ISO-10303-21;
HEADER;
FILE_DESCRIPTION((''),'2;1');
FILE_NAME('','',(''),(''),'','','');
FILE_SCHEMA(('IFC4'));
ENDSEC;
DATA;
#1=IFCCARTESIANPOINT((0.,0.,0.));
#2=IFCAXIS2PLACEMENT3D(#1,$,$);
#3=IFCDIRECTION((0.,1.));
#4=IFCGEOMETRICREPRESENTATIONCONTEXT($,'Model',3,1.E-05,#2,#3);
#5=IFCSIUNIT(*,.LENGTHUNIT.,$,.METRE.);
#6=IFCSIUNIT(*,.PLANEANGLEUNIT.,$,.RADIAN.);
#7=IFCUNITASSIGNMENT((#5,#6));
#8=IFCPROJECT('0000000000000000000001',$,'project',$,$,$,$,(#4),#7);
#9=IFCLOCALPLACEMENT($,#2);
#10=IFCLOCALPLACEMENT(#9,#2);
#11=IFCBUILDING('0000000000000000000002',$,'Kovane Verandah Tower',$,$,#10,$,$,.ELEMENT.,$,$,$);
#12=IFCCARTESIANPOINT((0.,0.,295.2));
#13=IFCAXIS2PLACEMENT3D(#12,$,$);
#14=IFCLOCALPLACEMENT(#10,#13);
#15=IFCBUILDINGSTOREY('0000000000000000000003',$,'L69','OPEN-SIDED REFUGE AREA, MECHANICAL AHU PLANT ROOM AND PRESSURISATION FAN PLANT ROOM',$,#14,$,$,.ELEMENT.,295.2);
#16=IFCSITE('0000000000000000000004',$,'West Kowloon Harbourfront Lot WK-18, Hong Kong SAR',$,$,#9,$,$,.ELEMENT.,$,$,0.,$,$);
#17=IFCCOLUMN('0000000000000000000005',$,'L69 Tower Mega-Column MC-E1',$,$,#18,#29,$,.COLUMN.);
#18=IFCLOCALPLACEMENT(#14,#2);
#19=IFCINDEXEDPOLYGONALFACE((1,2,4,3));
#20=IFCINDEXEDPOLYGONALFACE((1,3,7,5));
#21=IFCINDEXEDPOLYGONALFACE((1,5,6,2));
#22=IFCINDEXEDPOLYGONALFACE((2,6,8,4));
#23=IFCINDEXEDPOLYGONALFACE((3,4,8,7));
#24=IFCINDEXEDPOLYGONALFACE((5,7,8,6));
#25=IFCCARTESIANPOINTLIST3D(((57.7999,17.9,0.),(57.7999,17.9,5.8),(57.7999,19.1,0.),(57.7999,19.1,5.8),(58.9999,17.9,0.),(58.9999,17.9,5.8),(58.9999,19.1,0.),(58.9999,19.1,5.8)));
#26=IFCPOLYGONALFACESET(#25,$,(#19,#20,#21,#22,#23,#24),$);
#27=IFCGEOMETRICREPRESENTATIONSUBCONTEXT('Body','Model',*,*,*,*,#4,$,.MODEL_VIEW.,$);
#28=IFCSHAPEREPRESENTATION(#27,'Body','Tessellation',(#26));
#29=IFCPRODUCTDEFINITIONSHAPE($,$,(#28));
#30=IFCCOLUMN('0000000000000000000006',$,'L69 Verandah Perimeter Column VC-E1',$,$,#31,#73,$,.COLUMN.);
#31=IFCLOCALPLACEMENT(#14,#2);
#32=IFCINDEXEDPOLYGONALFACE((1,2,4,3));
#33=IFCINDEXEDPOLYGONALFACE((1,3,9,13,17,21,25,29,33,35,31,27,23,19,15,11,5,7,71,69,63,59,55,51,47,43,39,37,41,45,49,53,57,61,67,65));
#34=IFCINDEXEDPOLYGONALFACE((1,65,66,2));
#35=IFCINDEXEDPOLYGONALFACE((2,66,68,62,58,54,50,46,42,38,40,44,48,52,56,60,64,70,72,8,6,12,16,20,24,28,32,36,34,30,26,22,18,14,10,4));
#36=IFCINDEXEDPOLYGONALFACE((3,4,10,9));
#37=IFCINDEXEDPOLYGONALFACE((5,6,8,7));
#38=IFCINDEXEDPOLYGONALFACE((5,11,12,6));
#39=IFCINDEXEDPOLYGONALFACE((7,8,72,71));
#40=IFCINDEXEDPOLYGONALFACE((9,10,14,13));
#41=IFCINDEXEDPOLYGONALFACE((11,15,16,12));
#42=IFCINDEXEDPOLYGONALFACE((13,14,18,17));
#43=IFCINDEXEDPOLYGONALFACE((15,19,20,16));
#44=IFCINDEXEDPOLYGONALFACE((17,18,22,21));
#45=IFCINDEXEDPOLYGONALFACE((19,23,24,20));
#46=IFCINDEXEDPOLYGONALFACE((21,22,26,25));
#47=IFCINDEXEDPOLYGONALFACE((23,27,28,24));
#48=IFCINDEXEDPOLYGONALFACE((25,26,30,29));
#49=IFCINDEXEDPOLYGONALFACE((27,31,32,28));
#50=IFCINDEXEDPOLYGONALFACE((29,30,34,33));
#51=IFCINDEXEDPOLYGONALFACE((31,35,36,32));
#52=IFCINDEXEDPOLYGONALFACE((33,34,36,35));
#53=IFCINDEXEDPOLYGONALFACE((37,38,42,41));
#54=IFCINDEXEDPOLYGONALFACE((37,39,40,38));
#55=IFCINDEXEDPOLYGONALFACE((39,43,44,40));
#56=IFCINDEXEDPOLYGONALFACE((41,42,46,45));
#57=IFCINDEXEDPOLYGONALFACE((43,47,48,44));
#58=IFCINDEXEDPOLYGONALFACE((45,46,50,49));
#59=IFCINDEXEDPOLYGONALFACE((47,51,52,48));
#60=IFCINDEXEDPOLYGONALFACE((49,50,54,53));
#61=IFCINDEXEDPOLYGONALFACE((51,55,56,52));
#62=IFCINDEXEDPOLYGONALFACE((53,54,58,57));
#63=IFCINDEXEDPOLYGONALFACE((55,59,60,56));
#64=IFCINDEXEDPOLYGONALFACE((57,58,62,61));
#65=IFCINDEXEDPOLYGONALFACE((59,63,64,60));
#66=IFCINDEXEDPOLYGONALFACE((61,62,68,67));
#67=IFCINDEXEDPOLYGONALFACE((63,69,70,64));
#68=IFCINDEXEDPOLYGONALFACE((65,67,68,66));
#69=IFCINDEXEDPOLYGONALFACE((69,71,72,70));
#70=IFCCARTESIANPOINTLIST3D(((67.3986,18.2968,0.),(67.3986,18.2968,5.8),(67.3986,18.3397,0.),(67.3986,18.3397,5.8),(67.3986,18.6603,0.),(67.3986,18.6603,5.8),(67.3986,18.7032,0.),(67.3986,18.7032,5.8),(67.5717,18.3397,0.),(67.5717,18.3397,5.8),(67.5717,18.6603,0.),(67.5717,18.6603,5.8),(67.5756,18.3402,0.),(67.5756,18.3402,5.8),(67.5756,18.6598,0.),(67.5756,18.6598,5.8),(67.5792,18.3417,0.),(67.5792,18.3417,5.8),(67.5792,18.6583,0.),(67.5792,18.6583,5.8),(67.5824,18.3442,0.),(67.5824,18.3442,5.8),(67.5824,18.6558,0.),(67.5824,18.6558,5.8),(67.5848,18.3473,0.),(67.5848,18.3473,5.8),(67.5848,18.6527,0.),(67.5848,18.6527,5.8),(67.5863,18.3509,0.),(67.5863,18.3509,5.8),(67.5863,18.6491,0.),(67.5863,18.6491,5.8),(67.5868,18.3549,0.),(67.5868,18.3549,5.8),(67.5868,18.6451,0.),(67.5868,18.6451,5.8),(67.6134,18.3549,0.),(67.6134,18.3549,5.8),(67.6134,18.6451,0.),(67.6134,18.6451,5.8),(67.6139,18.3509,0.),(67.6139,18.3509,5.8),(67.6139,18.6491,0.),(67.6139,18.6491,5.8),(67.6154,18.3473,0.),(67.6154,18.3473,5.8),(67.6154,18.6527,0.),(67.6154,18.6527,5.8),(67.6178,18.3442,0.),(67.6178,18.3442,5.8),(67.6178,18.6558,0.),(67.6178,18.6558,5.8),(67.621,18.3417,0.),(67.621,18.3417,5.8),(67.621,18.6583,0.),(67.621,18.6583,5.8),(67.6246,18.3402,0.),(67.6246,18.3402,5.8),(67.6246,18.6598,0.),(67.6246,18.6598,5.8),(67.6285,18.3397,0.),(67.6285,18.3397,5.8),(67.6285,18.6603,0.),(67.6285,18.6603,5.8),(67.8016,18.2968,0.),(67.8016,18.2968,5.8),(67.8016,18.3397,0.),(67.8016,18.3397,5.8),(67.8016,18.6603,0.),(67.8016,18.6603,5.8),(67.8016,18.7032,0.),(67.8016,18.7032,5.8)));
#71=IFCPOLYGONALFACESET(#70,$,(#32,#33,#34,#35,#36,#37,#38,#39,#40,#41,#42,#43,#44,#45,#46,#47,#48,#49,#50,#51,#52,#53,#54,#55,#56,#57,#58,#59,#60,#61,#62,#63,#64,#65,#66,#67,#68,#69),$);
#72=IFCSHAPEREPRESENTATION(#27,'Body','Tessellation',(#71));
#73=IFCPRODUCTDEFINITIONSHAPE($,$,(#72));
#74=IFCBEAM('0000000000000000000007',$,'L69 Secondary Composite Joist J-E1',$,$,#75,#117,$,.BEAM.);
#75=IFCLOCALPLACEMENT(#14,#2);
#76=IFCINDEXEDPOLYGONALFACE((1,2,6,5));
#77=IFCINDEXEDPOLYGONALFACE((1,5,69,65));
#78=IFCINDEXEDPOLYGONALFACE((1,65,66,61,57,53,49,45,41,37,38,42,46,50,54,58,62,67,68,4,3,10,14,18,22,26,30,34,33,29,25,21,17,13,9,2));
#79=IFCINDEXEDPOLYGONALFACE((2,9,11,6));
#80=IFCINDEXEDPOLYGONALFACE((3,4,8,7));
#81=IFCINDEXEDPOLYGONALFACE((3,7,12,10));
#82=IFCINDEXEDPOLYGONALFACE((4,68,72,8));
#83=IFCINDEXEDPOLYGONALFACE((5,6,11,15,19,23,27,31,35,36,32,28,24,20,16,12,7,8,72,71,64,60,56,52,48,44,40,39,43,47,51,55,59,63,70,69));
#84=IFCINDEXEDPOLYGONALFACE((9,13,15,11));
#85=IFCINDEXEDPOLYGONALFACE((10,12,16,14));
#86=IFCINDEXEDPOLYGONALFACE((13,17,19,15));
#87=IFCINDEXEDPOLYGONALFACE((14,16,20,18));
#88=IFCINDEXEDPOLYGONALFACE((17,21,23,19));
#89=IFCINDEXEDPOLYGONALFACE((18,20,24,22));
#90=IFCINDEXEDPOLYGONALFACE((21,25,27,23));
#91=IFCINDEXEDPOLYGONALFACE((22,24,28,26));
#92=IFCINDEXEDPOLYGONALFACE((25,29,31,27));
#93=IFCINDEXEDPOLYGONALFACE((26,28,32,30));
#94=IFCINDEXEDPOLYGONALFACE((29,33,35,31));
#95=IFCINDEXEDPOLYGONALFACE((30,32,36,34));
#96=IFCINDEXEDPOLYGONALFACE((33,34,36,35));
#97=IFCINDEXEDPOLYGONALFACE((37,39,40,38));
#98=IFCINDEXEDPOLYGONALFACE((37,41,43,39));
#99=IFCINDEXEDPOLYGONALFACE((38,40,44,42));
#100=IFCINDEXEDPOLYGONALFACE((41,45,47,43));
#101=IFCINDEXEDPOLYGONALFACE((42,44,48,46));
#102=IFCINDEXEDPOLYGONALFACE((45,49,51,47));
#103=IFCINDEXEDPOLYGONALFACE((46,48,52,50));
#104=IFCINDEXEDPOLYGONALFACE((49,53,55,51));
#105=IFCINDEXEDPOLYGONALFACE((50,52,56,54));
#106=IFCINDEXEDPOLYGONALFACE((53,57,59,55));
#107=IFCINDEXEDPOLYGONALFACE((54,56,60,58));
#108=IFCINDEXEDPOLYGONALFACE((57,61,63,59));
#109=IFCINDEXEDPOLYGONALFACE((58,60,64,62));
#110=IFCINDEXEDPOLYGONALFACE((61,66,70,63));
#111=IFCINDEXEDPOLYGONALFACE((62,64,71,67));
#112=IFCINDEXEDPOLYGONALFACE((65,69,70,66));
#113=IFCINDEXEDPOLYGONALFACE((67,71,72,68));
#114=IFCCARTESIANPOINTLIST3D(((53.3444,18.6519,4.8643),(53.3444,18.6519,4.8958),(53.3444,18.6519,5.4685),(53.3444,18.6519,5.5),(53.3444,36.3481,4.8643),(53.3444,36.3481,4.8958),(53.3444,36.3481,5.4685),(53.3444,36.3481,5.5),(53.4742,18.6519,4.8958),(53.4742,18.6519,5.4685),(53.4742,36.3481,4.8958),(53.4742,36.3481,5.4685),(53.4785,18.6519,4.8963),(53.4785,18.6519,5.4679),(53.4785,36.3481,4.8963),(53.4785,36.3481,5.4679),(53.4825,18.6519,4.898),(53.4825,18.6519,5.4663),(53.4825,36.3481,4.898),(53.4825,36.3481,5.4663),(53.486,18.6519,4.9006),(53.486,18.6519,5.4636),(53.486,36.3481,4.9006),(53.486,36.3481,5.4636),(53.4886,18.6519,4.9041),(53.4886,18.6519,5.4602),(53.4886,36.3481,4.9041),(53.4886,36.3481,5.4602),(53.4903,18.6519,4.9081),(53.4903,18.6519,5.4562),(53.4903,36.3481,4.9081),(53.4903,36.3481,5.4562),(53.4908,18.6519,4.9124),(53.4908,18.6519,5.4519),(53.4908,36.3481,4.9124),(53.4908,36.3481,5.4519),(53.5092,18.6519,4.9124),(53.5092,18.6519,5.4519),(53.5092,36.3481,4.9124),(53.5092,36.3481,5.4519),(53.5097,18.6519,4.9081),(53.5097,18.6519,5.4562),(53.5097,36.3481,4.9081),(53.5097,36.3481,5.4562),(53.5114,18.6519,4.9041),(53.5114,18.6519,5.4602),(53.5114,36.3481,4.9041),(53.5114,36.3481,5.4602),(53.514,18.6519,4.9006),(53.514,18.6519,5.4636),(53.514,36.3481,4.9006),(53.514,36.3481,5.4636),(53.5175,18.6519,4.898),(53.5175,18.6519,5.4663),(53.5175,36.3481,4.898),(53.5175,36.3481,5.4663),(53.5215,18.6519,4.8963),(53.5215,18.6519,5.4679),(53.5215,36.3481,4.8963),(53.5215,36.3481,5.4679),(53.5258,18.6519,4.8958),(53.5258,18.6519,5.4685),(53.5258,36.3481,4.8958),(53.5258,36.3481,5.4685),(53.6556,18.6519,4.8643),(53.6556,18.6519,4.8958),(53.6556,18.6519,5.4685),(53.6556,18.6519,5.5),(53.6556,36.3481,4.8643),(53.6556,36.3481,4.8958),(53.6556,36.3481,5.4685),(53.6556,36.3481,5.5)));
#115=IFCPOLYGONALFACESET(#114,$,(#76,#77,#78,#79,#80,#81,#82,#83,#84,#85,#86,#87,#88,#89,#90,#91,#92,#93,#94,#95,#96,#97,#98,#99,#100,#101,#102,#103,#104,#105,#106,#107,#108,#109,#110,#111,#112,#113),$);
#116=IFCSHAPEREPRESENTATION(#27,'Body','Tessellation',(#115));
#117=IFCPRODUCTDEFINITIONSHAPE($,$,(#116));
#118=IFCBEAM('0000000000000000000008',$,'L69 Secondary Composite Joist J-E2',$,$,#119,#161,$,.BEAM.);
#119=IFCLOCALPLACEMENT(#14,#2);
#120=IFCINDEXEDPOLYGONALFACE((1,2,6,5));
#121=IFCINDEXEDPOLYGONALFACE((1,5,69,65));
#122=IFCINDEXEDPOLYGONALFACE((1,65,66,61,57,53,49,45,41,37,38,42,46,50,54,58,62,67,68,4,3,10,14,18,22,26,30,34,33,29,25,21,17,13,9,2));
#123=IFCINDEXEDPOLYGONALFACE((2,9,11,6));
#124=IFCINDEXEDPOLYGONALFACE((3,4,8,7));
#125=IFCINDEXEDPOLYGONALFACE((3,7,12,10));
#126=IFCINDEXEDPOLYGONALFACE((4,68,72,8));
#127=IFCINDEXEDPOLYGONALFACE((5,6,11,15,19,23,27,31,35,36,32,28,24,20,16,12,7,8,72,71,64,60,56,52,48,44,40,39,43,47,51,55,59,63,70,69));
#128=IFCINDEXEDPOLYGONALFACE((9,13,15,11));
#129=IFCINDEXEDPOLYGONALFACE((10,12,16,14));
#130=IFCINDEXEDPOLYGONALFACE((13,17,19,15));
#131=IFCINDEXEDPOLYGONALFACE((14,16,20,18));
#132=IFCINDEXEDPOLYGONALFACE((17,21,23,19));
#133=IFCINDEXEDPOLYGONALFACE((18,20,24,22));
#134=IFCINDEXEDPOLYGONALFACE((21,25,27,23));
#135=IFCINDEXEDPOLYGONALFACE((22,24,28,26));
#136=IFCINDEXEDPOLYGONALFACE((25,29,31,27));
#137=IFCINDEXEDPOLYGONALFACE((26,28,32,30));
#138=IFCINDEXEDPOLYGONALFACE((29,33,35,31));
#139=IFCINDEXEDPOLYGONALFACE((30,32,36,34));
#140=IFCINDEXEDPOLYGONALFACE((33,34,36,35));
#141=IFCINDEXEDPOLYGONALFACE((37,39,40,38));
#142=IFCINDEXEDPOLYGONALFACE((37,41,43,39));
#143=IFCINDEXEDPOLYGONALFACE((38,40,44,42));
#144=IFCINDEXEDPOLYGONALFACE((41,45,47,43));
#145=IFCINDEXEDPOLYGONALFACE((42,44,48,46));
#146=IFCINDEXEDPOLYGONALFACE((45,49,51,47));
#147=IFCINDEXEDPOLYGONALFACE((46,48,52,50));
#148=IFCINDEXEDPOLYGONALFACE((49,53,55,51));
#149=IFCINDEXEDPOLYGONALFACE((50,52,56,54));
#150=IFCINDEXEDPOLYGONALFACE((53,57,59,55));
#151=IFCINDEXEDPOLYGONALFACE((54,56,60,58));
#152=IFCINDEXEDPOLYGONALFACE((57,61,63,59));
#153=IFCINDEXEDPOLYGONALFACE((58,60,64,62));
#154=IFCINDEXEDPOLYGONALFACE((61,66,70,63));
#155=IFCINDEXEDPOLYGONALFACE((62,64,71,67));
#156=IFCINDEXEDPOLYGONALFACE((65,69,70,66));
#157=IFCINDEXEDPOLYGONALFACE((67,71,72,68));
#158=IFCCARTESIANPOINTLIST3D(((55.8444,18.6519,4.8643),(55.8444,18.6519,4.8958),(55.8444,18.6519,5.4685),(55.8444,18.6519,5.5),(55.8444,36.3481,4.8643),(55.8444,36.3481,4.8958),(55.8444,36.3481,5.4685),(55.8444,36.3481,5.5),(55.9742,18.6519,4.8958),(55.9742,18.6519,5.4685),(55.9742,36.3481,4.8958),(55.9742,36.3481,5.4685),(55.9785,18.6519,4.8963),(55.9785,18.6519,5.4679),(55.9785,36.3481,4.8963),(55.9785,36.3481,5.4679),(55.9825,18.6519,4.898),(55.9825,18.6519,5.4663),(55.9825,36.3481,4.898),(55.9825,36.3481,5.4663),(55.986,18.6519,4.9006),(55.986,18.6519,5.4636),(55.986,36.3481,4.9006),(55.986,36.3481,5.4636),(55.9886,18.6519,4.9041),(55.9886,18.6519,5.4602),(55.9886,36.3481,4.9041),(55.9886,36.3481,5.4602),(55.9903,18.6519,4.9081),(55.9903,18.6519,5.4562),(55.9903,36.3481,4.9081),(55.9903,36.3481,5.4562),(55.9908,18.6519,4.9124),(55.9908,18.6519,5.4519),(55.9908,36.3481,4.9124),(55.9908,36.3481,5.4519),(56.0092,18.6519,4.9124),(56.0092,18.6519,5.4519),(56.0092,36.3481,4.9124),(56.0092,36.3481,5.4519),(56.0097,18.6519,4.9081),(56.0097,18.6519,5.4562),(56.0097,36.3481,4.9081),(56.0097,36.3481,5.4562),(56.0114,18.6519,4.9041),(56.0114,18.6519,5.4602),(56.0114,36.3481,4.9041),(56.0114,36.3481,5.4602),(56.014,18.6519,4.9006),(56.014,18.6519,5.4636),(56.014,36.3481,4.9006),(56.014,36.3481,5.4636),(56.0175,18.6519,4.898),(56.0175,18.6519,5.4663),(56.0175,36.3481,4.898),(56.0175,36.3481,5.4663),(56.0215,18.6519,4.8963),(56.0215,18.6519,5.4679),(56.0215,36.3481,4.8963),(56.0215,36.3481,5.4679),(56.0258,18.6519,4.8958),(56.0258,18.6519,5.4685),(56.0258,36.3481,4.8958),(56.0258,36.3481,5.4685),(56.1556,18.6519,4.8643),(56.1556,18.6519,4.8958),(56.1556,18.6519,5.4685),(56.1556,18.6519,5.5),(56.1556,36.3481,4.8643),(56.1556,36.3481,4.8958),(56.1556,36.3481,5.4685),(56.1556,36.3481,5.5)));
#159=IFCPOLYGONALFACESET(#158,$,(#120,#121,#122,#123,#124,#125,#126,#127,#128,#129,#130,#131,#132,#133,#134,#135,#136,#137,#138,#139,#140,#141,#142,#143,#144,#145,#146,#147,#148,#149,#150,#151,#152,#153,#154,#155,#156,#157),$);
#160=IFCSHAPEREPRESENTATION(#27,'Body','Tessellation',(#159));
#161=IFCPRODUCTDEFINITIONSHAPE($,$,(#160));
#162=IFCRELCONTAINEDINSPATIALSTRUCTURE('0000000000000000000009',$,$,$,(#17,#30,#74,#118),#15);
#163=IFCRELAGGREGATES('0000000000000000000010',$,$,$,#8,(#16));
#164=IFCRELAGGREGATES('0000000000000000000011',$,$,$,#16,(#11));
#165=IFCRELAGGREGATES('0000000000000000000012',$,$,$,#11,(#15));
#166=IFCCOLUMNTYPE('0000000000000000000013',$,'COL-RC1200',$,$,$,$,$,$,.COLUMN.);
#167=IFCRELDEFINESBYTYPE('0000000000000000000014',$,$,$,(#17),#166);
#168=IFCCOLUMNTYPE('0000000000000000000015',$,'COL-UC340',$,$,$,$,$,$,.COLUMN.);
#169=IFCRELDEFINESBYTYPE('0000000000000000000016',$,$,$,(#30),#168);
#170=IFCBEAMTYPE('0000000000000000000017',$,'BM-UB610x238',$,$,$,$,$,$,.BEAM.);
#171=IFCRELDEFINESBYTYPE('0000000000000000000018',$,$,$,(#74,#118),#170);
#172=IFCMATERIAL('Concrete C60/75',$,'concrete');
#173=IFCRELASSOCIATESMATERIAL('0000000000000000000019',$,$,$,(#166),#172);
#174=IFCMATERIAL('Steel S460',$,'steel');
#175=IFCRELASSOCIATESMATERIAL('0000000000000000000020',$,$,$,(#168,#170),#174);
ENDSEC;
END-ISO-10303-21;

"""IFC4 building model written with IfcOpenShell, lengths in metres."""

from ifc_helpers import new_model, si_unit, direction, frame, origin, origin_2d, place, context, subcontext, project, spatial, rectangle, i_section, extrude, material, material_profile, profile_set, type_object, element, save


model = new_model("IFC4")

# Units and contexts
model_context = context("Model", 3, precision=1e-05, world=origin(), true_north=direction((0.0, 1.0)))
body_context = subcontext(model_context, "Body", "Model", "MODEL_VIEW")
ifc_project = project(units=[si_unit("LENGTHUNIT", "METRE"), si_unit("PLANEANGLEUNIT", "RADIAN")], contexts=[model_context])

# Site, building, storey
site_placement = place(None, origin())
site = spatial("IfcSite", under=ifc_project, at=site_placement, Name="West Kowloon Harbourfront Lot WK-18, Hong Kong SAR", CompositionType="ELEMENT", RefElevation=0.0)
building_placement = place(site_placement, origin())
building = spatial("IfcBuilding", under=site, at=building_placement, Name="Kovane Verandah Tower", CompositionType="ELEMENT")
storey_placement = place(building_placement, frame((0.0, 0.0, 295.2)))
storey = spatial("IfcBuildingStorey", under=building, at=storey_placement, Name="L69", Description="OPEN-SIDED REFUGE AREA, MECHANICAL AHU PLANT ROOM AND PRESSURISATION FAN PLANT ROOM", CompositionType="ELEMENT", Elevation=295.2)

# Columns
ifc_material_1 = material(Name="Concrete C60/75", Category="concrete")
ifc_material_profile_1 = material_profile(ifc_material_1, rectangle(XDim=1.2, YDim=1.2, at=origin_2d()), Name="RC1200x1200")
ifc_profile_set_1 = profile_set([ifc_material_profile_1], Name="Concrete C60/75")
column_type_1 = type_object("IfcColumnType", Name="COL-RC1200", PredefinedType="COLUMN", material=ifc_profile_set_1)
column_1_placement = place(storey_placement, frame((58.3999, 18.5, 0.0), z_axis=(0.0, 0.0, 1.0), x_axis=(1.0, 0.0, 0.0)))
element("IfcColumn", 1, at=column_1_placement, inside=storey, type_object=column_type_1, Name="L69 Tower Mega-Column MC-E1", PredefinedType="COLUMN", context=body_context, shape_type="SweptSolid", body=[
    extrude(rectangle(XDim=1.2, YDim=1.2, at=origin_2d()), origin(), (0.0, 0.0, 1.0), 5.8),
])
ifc_material_2 = material(Name="Steel S460", Category="steel")
ifc_material_profile_2 = material_profile(ifc_material_2, i_section(OverallWidth=0.4031, OverallDepth=0.4065, WebThickness=0.0266, FlangeThickness=0.043, FilletRadius=0.0151, at=origin_2d()), Name="UC356x406x340")
ifc_profile_set_2 = profile_set([ifc_material_profile_2], Name="Steel S460")
column_type_2 = type_object("IfcColumnType", Name="COL-UC340", PredefinedType="COLUMN", material=ifc_profile_set_2)
column_2_placement = place(storey_placement, frame((67.6001, 18.5, 0.0), z_axis=(0.0, 0.0, 1.0), x_axis=(1.0, 0.0, 0.0)))
element("IfcColumn", 2, at=column_2_placement, inside=storey, type_object=column_type_2, Name="L69 Verandah Perimeter Column VC-E1", PredefinedType="COLUMN", context=body_context, shape_type="SweptSolid", body=[
    extrude(i_section(OverallWidth=0.4031, OverallDepth=0.4065, WebThickness=0.0266, FlangeThickness=0.043, FilletRadius=0.0151, at=origin_2d()), origin(), (0.0, 0.0, 1.0), 5.8),
])

# Beams
ifc_material_profile_3 = material_profile(ifc_material_2, i_section(OverallWidth=0.3113, OverallDepth=0.6357, WebThickness=0.0183, FlangeThickness=0.0315, FilletRadius=0.0166, at=origin_2d()), Name="UB610x305x238")
ifc_profile_set_3 = profile_set([ifc_material_profile_3], Name="Steel S460")
beam_type_1 = type_object("IfcBeamType", Name="BM-UB610x238", PredefinedType="BEAM", material=ifc_profile_set_3)
for number, where, z_axis, x_axis, name in (
    (3, (53.5, 18.6519, 5.1821), (0.0, 1.0, 0.0), (-1.0, 0.0, 0.0), "L69 Secondary Composite Joist J-E1"),
    (4, (56.0, 18.6519, 5.1821), (0.0, 1.0, 0.0), (-1.0, 0.0, 0.0), "L69 Secondary Composite Joist J-E2"),
):
    element("IfcBeam", number, at=place(storey_placement, frame(where, z_axis=z_axis, x_axis=x_axis)), inside=storey, type_object=beam_type_1, Name=name, PredefinedType="BEAM", context=body_context, shape_type="SweptSolid", body=[
        extrude(i_section(OverallWidth=0.3113, OverallDepth=0.6357, WebThickness=0.0183, FlangeThickness=0.0315, FilletRadius=0.0166, at=origin_2d()), origin(), (0.0, 0.0, 1.0), 17.6963),
    ])

save(model, "model.ifc")
